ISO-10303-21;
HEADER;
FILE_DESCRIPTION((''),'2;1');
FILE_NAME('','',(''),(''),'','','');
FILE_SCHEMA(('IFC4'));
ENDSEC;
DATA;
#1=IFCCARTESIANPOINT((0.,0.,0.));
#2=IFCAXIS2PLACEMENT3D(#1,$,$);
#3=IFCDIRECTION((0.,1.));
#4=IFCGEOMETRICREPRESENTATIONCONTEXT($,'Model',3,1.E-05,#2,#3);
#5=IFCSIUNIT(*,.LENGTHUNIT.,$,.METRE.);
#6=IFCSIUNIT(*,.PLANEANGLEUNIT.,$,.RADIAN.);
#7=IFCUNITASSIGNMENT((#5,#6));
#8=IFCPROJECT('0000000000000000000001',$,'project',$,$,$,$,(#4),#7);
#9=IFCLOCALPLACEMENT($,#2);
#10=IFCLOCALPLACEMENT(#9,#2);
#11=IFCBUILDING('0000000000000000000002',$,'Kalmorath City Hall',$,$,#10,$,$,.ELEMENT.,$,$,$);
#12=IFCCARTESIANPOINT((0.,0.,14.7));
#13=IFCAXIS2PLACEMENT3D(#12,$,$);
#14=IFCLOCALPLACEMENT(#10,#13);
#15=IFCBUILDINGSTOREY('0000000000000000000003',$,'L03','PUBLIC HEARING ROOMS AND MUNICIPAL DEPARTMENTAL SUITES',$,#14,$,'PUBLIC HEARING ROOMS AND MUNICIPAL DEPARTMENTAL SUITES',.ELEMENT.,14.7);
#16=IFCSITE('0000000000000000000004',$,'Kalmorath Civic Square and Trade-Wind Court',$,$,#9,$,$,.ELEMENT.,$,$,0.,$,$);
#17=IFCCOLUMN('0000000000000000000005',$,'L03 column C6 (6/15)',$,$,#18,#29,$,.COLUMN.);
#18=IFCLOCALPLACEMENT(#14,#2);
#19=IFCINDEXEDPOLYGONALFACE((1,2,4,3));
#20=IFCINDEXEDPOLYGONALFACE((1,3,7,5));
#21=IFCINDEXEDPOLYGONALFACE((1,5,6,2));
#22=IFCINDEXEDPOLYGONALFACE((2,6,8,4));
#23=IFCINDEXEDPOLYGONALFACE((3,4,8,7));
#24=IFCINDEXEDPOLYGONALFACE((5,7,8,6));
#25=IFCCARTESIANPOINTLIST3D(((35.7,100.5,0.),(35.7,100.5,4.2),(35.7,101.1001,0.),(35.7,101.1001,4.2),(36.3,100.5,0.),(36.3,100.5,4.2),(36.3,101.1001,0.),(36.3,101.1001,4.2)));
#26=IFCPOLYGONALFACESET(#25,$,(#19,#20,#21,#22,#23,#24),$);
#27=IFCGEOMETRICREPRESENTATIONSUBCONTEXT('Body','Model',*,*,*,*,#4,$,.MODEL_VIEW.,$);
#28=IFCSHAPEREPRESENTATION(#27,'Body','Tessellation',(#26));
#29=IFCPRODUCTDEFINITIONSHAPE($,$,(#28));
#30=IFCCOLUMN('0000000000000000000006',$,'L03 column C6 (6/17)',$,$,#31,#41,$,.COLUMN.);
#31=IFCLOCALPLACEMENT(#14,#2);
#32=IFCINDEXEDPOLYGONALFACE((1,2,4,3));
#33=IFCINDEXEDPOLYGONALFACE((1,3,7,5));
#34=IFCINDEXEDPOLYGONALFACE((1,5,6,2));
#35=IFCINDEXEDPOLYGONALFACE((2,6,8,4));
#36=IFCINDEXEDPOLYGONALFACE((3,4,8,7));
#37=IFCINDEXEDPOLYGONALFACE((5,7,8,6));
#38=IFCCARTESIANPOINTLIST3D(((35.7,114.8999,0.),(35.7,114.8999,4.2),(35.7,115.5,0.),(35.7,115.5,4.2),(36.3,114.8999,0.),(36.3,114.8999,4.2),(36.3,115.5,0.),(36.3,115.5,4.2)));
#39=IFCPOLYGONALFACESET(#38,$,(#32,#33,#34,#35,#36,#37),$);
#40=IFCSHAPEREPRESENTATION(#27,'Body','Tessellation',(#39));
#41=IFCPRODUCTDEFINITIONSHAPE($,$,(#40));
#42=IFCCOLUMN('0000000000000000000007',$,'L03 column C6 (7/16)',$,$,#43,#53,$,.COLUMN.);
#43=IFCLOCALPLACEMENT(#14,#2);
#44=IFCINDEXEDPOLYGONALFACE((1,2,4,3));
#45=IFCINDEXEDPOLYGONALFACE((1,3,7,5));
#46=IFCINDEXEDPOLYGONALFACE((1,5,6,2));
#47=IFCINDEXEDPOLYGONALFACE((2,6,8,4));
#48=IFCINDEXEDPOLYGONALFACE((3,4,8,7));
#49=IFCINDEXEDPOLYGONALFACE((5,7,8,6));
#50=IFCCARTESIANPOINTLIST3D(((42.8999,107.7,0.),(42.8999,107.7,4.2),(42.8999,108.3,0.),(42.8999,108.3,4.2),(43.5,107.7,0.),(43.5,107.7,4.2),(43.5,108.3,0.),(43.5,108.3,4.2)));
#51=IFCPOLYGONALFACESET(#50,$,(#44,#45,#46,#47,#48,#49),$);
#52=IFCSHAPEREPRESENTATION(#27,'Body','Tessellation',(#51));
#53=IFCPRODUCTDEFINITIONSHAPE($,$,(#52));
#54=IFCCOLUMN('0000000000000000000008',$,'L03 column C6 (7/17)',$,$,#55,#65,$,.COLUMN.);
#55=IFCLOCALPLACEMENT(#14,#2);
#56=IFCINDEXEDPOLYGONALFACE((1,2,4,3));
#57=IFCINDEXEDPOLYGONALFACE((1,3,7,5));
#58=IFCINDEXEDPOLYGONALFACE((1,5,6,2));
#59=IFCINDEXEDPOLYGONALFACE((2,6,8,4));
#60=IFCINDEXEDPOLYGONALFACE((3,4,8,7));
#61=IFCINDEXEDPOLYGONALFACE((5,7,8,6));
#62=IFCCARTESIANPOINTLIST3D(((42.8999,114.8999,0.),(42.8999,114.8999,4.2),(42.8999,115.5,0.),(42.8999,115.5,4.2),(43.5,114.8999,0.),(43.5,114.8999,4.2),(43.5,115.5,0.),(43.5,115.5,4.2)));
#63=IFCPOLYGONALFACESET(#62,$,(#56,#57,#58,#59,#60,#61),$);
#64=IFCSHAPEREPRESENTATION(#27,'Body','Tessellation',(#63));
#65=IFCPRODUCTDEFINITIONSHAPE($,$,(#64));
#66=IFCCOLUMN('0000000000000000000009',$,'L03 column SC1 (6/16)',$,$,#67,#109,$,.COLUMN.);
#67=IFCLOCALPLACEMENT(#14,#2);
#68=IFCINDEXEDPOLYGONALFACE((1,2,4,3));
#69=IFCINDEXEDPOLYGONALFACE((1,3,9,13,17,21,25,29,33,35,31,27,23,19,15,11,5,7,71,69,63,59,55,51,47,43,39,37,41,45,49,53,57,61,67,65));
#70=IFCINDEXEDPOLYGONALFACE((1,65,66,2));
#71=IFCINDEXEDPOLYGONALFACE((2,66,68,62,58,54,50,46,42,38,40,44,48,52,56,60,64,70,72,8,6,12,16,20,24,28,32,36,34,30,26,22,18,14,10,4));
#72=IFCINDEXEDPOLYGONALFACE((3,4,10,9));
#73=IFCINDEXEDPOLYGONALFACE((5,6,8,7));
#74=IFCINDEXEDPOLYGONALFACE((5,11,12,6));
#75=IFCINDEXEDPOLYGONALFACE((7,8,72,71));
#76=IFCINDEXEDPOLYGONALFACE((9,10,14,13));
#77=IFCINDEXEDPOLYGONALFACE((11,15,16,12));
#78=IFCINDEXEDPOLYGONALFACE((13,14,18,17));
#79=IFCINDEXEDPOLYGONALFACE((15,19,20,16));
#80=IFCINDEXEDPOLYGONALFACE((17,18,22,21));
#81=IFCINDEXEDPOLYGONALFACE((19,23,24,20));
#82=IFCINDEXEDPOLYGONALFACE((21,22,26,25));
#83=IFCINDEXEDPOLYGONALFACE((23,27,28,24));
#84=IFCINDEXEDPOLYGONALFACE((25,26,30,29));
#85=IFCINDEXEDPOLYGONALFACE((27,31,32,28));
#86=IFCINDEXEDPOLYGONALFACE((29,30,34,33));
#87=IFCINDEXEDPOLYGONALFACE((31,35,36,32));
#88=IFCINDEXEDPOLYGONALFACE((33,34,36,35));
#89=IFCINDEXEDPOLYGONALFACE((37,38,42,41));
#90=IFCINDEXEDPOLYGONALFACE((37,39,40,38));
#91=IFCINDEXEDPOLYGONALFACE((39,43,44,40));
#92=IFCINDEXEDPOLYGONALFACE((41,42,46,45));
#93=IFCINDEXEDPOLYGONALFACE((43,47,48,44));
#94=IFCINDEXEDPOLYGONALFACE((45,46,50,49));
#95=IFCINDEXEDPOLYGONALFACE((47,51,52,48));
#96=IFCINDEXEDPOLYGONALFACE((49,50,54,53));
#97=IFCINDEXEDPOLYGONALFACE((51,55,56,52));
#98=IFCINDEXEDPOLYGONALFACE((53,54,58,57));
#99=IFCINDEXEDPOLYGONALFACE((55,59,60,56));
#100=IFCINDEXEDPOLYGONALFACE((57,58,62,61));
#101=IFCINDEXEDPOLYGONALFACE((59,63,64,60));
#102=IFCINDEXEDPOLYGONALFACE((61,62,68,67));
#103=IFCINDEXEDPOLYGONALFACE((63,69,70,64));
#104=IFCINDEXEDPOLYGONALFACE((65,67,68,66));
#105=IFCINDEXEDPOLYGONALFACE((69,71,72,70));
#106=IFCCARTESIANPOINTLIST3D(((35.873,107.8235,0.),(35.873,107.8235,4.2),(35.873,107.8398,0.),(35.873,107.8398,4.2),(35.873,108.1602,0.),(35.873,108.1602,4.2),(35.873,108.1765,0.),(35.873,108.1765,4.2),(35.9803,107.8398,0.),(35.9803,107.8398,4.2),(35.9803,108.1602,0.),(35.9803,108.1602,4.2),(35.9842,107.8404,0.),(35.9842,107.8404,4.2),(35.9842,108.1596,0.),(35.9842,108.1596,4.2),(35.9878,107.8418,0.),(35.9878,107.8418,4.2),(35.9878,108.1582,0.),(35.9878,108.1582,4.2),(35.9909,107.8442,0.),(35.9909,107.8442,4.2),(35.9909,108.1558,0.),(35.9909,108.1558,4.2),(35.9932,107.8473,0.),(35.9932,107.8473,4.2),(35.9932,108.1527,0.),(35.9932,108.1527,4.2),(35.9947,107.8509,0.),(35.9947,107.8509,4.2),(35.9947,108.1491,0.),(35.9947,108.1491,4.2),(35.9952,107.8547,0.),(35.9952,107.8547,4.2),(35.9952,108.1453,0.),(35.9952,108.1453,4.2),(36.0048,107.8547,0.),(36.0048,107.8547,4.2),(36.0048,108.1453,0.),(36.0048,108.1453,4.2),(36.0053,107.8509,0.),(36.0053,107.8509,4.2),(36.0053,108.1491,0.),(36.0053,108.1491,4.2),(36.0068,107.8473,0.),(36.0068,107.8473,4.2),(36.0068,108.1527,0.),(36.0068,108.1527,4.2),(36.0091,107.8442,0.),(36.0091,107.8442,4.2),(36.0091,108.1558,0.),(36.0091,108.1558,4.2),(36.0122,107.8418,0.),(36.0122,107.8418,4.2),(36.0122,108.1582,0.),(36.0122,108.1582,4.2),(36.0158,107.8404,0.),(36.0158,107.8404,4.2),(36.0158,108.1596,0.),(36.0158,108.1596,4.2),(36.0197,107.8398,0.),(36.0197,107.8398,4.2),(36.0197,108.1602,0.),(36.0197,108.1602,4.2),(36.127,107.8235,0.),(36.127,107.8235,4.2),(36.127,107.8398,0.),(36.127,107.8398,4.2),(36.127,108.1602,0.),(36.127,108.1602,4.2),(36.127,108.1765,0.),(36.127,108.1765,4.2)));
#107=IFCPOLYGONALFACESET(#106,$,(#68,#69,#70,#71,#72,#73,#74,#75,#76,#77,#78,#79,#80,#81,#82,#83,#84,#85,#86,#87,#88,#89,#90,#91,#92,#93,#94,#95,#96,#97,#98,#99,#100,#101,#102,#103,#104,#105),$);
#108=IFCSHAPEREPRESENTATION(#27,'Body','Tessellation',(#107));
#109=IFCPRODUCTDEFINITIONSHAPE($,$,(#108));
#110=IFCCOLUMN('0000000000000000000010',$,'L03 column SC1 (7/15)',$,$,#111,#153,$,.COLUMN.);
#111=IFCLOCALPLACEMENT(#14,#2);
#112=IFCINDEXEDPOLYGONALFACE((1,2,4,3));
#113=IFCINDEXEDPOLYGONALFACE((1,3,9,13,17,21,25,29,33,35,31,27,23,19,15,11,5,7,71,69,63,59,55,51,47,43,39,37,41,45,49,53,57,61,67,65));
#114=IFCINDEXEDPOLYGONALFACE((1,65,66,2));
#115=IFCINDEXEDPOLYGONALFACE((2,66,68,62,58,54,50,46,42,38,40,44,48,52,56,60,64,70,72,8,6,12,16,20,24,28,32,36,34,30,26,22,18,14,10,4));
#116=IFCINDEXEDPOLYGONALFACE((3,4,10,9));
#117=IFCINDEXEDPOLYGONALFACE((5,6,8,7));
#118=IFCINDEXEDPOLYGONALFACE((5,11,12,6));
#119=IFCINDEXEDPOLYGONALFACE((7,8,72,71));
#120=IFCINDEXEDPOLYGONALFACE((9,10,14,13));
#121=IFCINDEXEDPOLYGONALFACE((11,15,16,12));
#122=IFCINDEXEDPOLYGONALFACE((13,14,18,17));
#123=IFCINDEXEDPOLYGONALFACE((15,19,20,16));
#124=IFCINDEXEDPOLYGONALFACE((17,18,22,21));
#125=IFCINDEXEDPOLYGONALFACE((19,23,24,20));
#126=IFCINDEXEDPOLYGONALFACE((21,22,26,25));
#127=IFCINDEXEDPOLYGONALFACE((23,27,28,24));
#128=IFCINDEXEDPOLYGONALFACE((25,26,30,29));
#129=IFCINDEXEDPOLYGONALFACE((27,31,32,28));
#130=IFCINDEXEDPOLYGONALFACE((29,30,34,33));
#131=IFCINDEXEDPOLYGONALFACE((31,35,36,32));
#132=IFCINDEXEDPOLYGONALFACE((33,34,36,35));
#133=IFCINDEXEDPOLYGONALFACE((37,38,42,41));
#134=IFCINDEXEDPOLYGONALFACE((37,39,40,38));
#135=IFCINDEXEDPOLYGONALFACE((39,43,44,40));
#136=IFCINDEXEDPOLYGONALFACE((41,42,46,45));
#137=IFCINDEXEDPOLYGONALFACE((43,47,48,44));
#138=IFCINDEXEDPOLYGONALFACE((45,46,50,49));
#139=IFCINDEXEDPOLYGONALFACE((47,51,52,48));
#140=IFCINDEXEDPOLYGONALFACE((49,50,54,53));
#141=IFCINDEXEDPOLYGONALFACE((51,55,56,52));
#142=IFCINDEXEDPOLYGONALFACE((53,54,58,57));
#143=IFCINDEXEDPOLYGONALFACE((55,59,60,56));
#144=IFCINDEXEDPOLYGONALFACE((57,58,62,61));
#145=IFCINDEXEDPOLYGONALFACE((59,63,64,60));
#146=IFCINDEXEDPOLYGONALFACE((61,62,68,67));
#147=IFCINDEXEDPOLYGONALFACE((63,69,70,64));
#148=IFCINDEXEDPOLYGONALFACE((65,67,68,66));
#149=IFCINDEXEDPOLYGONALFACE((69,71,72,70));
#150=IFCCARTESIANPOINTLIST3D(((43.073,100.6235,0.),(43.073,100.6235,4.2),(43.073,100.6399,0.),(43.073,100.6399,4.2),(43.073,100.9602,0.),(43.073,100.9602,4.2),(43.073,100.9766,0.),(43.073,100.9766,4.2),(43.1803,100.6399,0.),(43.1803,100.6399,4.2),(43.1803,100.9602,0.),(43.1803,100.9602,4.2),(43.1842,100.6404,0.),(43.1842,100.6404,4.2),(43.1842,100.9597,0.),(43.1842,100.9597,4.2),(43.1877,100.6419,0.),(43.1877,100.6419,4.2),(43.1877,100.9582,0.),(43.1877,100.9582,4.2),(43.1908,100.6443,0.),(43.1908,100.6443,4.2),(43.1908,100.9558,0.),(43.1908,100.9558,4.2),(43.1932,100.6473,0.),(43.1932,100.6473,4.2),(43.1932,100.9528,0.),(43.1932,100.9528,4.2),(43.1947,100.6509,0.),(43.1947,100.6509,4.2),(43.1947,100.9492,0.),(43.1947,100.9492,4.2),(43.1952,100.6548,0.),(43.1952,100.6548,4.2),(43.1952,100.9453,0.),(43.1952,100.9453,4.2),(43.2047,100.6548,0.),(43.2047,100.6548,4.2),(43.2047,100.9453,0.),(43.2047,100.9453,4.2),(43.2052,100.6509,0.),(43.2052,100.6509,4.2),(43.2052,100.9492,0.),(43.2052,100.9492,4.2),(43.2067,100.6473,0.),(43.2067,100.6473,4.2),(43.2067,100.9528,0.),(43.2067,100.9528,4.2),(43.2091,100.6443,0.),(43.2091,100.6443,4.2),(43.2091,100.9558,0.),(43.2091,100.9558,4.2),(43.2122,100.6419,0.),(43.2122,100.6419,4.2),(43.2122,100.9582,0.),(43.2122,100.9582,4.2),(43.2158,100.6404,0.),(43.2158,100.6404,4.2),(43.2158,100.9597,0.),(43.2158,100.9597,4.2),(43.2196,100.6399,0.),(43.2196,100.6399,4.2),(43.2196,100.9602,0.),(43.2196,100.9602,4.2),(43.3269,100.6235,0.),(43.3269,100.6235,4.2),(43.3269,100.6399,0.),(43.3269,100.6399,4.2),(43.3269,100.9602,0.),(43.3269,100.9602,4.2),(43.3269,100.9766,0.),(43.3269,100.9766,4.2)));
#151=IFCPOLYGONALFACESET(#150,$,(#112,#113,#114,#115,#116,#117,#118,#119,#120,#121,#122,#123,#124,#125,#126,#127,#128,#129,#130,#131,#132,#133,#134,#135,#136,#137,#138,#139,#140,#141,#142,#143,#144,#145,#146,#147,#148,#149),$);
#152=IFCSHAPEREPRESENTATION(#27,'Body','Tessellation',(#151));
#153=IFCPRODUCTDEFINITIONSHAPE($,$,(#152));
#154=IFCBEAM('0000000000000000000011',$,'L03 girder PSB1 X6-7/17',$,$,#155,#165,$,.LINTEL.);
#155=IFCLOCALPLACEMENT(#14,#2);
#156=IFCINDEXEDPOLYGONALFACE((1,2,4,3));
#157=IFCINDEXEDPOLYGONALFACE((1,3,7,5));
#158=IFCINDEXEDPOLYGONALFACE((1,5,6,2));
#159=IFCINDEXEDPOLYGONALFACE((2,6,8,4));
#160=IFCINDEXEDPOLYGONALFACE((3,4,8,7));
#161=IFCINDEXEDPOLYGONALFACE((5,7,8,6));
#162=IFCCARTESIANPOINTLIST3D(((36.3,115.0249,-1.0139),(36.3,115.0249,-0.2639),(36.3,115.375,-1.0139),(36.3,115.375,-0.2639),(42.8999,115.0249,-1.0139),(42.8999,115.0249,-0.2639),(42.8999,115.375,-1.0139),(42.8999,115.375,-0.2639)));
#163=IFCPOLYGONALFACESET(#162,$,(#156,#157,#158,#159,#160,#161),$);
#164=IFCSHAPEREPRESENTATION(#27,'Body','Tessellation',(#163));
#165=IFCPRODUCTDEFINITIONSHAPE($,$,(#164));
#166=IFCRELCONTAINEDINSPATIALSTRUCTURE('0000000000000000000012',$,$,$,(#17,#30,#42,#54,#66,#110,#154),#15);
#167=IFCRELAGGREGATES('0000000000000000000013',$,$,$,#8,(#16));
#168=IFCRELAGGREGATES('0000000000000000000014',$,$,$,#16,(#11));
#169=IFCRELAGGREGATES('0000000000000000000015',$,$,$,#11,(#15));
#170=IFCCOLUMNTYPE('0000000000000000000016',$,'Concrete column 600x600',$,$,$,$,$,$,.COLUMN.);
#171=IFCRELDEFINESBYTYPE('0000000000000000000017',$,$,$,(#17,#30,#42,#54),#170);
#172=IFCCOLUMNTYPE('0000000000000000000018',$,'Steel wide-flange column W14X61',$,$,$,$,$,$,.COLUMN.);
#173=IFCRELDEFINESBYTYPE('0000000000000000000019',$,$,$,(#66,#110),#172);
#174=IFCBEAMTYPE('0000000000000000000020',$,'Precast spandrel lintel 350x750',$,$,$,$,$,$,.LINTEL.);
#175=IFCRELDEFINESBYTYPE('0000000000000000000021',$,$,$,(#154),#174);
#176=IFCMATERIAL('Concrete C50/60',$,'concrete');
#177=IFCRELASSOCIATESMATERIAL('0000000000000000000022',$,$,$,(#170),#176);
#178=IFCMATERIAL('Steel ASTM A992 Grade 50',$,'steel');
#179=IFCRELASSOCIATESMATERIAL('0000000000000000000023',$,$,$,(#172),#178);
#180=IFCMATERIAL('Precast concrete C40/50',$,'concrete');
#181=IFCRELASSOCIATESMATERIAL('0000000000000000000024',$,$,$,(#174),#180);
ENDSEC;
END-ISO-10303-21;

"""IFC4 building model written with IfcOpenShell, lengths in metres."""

from ifc_helpers import new_model, si_unit, direction, frame, origin, origin_2d, place, context, subcontext, project, spatial, rectangle, i_section, extrude, material, material_profile, profile_set, type_object, element, save


model = new_model("IFC4")

# Units and contexts
model_context = context("Model", 3, precision=1e-05, world=origin(), true_north=direction((0.0, 1.0)))
body_context = subcontext(model_context, "Body", "Model", "MODEL_VIEW")
ifc_project = project(units=[si_unit("LENGTHUNIT", "METRE"), si_unit("PLANEANGLEUNIT", "RADIAN")], contexts=[model_context])

# Site, building, storey
site_placement = place(None, origin())
site = spatial("IfcSite", under=ifc_project, at=site_placement, Name="Kalmorath Civic Square and Trade-Wind Court", CompositionType="ELEMENT", RefElevation=0.0)
building_placement = place(site_placement, origin())
building = spatial("IfcBuilding", under=site, at=building_placement, Name="Kalmorath City Hall", CompositionType="ELEMENT")
storey_placement = place(building_placement, frame((0.0, 0.0, 14.7)))
storey = spatial("IfcBuildingStorey", under=building, at=storey_placement, Name="L03", Description="PUBLIC HEARING ROOMS AND MUNICIPAL DEPARTMENTAL SUITES", LongName="PUBLIC HEARING ROOMS AND MUNICIPAL DEPARTMENTAL SUITES", CompositionType="ELEMENT", Elevation=14.7)

# Columns
ifc_material_1 = material(Name="Concrete C50/60", Category="concrete")
ifc_material_profile_1 = material_profile(ifc_material_1, rectangle(XDim=0.6001, YDim=0.6001, at=origin_2d()), Name="RC-COL-600X600")
ifc_profile_set_1 = profile_set([ifc_material_profile_1], Name="Concrete C50/60")
column_type_1 = type_object("IfcColumnType", Name="Concrete column 600x600", PredefinedType="COLUMN", material=ifc_profile_set_1)
for number, where, z_axis, x_axis, name in (
    (1, (36.0, 100.8, 0.0), (0.0, 0.0, 1.0), (1.0, 0.0, 0.0), "L03 column C6 (6/15)"),
    (2, (36.0, 115.2, 0.0), (0.0, 0.0, 1.0), (1.0, 0.0, 0.0), "L03 column C6 (6/17)"),
    (3, (43.2, 108.0, 0.0), (0.0, 0.0, 1.0), (1.0, 0.0, 0.0), "L03 column C6 (7/16)"),
    (4, (43.2, 115.2, 0.0), (0.0, 0.0, 1.0), (1.0, 0.0, 0.0), "L03 column C6 (7/17)"),
):
    element("IfcColumn", number, at=place(storey_placement, frame(where, z_axis=z_axis, x_axis=x_axis)), inside=storey, type_object=column_type_1, Name=name, PredefinedType="COLUMN", context=body_context, shape_type="SweptSolid", body=[
        extrude(rectangle(XDim=0.6001, YDim=0.6001, at=origin_2d()), origin(), (0.0, 0.0, 1.0), 4.2),
    ])
ifc_material_2 = material(Name="Steel ASTM A992 Grade 50", Category="steel")
ifc_material_profile_2 = material_profile(ifc_material_2, i_section(OverallWidth=0.2539, OverallDepth=0.353, WebThickness=0.0095, FlangeThickness=0.0164, FilletRadius=0.0149, at=origin_2d()), Name="W14X61")
ifc_profile_set_2 = profile_set([ifc_material_profile_2], Name="Steel ASTM A992 Grade 50")
column_type_2 = type_object("IfcColumnType", Name="Steel wide-flange column W14X61", PredefinedType="COLUMN", material=ifc_profile_set_2)
for number, where, z_axis, x_axis, name in (
    (5, (36.0, 108.0, 0.0), (0.0, 0.0, 1.0), (1.0, 0.0, 0.0), "L03 column SC1 (6/16)"),
    (6, (43.2, 100.8, 0.0), (0.0, 0.0, 1.0), (1.0, 0.0, 0.0), "L03 column SC1 (7/15)"),
):
    element("IfcColumn", number, at=place(storey_placement, frame(where, z_axis=z_axis, x_axis=x_axis)), inside=storey, type_object=column_type_2, Name=name, PredefinedType="COLUMN", context=body_context, shape_type="SweptSolid", body=[
        extrude(i_section(OverallWidth=0.2539, OverallDepth=0.353, WebThickness=0.0095, FlangeThickness=0.0164, FilletRadius=0.0149, at=origin_2d()), origin(), (0.0, 0.0, 1.0), 4.2),
    ])

# Beam
ifc_material_3 = material(Name="Precast concrete C40/50", Category="concrete")
ifc_material_profile_3 = material_profile(ifc_material_3, rectangle(XDim=0.3501, YDim=0.75, at=origin_2d()), Name="PC-SP-350X750")
ifc_profile_set_3 = profile_set([ifc_material_profile_3], Name="Precast concrete C40/50")
beam_type_1 = type_object("IfcBeamType", Name="Precast spandrel lintel 350x750", PredefinedType="LINTEL", material=ifc_profile_set_3)
beam_1_placement = place(storey_placement, frame((36.3, 115.2, -0.6389), z_axis=(1.0, 0.0, 0.0), x_axis=(0.0, 1.0, 0.0)))
element("IfcBeam", 7, at=beam_1_placement, inside=storey, type_object=beam_type_1, Name="L03 girder PSB1 X6-7/17", PredefinedType="LINTEL", context=body_context, shape_type="SweptSolid", body=[
    extrude(rectangle(XDim=0.3501, YDim=0.75, at=origin_2d()), origin(), (0.0, 0.0, 1.0), 6.5999),
])

save(model, "model.ifc")
